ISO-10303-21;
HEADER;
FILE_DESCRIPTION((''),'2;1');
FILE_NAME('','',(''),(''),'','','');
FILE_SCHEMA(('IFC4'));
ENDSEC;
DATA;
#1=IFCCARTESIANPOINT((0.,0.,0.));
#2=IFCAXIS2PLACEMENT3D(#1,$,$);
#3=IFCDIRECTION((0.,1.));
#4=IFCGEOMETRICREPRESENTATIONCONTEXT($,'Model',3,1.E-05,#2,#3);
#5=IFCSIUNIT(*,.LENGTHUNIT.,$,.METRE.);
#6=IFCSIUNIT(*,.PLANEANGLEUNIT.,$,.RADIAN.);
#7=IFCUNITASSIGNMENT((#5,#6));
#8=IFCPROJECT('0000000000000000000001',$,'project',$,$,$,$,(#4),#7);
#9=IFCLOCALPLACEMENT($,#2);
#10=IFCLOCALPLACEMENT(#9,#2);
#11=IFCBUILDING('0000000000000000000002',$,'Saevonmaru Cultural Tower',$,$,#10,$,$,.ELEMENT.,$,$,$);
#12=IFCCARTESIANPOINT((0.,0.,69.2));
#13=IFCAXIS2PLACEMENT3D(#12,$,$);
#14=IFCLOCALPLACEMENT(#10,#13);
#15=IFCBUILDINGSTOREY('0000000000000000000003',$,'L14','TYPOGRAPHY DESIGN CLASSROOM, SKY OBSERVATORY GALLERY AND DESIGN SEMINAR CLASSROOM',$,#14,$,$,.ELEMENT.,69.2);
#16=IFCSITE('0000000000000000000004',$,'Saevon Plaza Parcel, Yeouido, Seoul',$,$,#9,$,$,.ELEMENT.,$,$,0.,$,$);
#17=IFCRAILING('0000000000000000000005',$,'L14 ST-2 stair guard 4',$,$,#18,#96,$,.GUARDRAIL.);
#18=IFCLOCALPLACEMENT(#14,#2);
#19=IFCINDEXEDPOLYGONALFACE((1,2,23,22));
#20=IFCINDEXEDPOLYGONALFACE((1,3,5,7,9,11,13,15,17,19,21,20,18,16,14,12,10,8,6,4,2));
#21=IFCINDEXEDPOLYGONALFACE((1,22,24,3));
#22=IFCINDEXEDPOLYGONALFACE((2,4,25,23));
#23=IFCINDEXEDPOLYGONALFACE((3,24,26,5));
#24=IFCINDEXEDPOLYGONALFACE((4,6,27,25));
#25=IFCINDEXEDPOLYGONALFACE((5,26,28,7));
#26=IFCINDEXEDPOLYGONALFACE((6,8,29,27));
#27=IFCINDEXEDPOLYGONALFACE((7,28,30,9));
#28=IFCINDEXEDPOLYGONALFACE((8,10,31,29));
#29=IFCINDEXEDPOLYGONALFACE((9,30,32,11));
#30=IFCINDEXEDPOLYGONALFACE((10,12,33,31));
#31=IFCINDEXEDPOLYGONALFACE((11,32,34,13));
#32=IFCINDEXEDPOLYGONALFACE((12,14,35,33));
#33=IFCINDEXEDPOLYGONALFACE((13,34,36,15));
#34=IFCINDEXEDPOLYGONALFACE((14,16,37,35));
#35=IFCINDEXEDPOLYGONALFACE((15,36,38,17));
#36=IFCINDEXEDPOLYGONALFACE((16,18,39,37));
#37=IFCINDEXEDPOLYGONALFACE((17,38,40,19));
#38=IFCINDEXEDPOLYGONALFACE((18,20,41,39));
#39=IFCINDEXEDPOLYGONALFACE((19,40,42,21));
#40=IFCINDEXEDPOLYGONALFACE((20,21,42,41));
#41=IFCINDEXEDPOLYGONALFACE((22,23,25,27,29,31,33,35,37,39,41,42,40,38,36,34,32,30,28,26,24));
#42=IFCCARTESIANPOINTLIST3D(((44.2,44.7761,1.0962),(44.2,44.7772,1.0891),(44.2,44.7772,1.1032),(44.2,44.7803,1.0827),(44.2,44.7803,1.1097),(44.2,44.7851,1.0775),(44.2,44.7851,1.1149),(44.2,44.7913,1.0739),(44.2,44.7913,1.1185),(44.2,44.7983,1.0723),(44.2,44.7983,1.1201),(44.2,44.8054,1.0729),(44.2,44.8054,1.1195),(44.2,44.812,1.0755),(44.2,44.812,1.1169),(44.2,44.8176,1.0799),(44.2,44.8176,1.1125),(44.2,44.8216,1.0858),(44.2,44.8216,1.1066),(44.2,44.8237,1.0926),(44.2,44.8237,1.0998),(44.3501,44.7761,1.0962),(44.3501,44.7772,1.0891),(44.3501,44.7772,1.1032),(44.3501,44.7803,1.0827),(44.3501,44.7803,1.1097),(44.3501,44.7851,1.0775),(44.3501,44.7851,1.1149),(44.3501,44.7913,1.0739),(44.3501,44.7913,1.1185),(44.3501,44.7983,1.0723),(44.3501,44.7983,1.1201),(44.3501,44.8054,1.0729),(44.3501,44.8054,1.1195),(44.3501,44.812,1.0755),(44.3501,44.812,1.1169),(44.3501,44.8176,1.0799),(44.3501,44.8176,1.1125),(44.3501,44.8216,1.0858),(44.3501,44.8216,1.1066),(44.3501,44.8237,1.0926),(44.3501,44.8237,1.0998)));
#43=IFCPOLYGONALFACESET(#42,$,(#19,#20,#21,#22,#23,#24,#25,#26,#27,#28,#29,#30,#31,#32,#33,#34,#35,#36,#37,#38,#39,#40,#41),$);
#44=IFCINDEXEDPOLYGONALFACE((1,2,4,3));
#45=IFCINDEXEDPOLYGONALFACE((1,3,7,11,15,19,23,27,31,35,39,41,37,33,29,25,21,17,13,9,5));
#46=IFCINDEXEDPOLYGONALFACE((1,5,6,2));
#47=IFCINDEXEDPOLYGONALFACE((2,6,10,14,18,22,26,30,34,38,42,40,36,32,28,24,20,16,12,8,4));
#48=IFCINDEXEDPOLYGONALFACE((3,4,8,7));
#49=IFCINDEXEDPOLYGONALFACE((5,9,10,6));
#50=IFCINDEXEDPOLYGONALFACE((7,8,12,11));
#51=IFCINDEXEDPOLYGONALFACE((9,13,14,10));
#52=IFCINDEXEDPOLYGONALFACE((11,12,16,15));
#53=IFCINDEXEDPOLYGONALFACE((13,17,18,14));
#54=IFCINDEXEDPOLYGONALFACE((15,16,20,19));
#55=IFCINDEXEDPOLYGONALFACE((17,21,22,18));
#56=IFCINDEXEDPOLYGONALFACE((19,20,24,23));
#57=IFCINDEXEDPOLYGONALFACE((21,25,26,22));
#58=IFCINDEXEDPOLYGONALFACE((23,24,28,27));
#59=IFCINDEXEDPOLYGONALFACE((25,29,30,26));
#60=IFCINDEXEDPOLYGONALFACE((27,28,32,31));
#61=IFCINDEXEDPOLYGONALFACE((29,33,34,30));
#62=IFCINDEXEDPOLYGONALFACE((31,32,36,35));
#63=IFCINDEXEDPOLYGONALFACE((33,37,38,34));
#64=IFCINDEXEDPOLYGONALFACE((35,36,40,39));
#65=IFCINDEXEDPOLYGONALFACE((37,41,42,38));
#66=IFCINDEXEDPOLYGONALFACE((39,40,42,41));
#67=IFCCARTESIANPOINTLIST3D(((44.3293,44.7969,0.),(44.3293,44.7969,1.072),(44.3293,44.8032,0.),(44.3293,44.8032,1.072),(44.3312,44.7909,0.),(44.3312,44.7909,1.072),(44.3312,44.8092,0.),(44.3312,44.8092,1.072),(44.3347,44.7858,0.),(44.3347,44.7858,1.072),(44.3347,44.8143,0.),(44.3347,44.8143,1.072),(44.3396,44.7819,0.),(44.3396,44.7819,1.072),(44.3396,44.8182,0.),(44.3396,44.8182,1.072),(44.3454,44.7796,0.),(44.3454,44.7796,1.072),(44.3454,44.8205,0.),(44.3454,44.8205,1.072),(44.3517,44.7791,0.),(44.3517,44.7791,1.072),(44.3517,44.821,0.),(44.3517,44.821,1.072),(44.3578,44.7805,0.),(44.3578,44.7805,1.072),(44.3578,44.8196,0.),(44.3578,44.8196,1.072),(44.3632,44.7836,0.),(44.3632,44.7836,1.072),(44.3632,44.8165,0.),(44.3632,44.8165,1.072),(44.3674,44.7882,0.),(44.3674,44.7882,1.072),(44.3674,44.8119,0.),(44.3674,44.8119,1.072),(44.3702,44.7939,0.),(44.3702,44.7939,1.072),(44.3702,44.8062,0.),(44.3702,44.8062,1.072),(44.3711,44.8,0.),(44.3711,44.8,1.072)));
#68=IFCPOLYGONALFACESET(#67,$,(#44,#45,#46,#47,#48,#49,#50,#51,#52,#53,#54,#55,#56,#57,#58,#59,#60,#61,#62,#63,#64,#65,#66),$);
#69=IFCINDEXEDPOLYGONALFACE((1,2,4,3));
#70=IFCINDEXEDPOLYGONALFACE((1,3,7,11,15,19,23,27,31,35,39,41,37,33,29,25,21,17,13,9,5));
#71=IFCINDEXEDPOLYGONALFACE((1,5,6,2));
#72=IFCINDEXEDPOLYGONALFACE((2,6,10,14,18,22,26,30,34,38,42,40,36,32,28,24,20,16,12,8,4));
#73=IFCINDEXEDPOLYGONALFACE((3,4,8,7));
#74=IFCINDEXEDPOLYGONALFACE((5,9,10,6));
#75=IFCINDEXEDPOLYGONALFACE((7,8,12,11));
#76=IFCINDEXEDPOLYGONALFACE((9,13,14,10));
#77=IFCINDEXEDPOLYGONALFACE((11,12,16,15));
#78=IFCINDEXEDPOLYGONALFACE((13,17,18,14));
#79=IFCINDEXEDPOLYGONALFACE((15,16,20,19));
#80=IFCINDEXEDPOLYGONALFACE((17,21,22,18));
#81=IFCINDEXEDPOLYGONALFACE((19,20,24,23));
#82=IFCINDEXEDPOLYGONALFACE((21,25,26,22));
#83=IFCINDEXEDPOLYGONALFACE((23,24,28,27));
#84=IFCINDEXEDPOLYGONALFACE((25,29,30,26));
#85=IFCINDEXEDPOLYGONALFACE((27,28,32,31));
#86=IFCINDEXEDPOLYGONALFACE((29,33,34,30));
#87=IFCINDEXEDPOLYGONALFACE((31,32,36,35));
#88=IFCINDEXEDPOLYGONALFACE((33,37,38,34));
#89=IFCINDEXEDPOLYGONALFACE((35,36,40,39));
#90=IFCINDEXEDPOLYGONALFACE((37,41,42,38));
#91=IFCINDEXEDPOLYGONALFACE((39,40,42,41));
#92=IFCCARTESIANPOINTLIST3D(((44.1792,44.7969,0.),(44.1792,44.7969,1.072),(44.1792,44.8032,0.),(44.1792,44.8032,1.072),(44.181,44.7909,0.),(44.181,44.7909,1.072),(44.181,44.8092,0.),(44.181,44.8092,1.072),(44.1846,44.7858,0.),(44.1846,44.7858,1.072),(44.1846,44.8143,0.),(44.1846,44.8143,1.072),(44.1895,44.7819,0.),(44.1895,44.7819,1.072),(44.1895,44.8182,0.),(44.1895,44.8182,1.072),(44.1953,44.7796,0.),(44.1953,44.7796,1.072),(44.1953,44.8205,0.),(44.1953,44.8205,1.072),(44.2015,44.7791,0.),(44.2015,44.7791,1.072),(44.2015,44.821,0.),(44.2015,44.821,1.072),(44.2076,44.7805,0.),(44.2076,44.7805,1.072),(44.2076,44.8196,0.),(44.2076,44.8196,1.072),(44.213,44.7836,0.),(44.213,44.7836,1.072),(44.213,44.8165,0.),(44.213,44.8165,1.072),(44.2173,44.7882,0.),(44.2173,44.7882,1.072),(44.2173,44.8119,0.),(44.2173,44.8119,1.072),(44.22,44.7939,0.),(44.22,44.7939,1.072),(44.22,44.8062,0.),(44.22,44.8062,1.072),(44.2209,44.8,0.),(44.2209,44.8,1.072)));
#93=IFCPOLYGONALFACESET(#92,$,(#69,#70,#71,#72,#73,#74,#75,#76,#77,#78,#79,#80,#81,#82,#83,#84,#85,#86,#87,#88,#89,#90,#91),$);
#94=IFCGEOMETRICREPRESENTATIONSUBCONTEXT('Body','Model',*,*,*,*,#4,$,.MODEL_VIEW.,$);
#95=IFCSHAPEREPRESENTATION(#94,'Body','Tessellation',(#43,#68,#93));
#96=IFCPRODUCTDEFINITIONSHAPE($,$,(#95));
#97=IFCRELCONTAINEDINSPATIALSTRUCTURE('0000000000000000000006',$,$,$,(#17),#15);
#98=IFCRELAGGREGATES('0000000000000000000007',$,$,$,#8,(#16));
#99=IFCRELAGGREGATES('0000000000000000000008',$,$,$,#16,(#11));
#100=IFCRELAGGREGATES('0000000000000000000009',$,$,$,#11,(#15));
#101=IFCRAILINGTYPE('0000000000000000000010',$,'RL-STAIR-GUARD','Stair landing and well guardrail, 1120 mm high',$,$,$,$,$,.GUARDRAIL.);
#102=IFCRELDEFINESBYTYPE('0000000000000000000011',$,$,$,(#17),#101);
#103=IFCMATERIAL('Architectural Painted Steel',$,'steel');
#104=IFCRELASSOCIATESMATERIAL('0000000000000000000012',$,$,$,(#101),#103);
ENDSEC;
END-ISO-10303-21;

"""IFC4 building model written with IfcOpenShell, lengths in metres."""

from ifc_helpers import new_model, si_unit, direction, frame, origin, origin_2d, place, context, subcontext, project, spatial, circle, extrude, material, type_object, element, save


model = new_model("IFC4")

# Units and contexts
model_context = context("Model", 3, precision=1e-05, world=origin(), true_north=direction((0.0, 1.0)))
body_context = subcontext(model_context, "Body", "Model", "MODEL_VIEW")
ifc_project = project(units=[si_unit("LENGTHUNIT", "METRE"), si_unit("PLANEANGLEUNIT", "RADIAN")], contexts=[model_context])

# Site, building, storey
site_placement = place(None, origin())
site = spatial("IfcSite", under=ifc_project, at=site_placement, Name="Saevon Plaza Parcel, Yeouido, Seoul", CompositionType="ELEMENT", RefElevation=0.0)
building_placement = place(site_placement, origin())
building = spatial("IfcBuilding", under=site, at=building_placement, Name="Saevonmaru Cultural Tower", CompositionType="ELEMENT")
storey_placement = place(building_placement, frame((0.0, 0.0, 69.2)))
storey = spatial("IfcBuildingStorey", under=building, at=storey_placement, Name="L14", Description="TYPOGRAPHY DESIGN CLASSROOM, SKY OBSERVATORY GALLERY AND DESIGN SEMINAR CLASSROOM", CompositionType="ELEMENT", Elevation=69.2)

# Railing
ifc_material_1 = material(Name="Architectural Painted Steel", Category="steel")
railing_type_1 = type_object("IfcRailingType", Name="RL-STAIR-GUARD", Description="Stair landing and well guardrail, 1120 mm high", PredefinedType="GUARDRAIL", material=ifc_material_1)
railing_1_placement = place(storey_placement, frame((44.3501, 44.8, 0.0)))
element("IfcRailing", 1, at=railing_1_placement, inside=storey, type_object=railing_type_1, Name="L14 ST-2 stair guard 4", PredefinedType="GUARDRAIL", context=body_context, shape_type="SweptSolid", body=[
    extrude(circle(Radius=0.0239, at=origin_2d()), frame((0.0, 0.0, 1.0962), z_axis=(-1.0, 0.0, 0.0), x_axis=(0.0, -1.0, 0.0)), (0.0, 0.0, 1.0), 0.1501),
    extrude(circle(Radius=0.021, at=origin_2d()), origin(), (0.0, 0.0, 1.0), 1.072),
    extrude(circle(Radius=0.021, at=origin_2d()), frame((-0.1501, 0.0, 0.0)), (0.0, 0.0, 1.0), 1.072),
])

save(model, "model.ifc")
